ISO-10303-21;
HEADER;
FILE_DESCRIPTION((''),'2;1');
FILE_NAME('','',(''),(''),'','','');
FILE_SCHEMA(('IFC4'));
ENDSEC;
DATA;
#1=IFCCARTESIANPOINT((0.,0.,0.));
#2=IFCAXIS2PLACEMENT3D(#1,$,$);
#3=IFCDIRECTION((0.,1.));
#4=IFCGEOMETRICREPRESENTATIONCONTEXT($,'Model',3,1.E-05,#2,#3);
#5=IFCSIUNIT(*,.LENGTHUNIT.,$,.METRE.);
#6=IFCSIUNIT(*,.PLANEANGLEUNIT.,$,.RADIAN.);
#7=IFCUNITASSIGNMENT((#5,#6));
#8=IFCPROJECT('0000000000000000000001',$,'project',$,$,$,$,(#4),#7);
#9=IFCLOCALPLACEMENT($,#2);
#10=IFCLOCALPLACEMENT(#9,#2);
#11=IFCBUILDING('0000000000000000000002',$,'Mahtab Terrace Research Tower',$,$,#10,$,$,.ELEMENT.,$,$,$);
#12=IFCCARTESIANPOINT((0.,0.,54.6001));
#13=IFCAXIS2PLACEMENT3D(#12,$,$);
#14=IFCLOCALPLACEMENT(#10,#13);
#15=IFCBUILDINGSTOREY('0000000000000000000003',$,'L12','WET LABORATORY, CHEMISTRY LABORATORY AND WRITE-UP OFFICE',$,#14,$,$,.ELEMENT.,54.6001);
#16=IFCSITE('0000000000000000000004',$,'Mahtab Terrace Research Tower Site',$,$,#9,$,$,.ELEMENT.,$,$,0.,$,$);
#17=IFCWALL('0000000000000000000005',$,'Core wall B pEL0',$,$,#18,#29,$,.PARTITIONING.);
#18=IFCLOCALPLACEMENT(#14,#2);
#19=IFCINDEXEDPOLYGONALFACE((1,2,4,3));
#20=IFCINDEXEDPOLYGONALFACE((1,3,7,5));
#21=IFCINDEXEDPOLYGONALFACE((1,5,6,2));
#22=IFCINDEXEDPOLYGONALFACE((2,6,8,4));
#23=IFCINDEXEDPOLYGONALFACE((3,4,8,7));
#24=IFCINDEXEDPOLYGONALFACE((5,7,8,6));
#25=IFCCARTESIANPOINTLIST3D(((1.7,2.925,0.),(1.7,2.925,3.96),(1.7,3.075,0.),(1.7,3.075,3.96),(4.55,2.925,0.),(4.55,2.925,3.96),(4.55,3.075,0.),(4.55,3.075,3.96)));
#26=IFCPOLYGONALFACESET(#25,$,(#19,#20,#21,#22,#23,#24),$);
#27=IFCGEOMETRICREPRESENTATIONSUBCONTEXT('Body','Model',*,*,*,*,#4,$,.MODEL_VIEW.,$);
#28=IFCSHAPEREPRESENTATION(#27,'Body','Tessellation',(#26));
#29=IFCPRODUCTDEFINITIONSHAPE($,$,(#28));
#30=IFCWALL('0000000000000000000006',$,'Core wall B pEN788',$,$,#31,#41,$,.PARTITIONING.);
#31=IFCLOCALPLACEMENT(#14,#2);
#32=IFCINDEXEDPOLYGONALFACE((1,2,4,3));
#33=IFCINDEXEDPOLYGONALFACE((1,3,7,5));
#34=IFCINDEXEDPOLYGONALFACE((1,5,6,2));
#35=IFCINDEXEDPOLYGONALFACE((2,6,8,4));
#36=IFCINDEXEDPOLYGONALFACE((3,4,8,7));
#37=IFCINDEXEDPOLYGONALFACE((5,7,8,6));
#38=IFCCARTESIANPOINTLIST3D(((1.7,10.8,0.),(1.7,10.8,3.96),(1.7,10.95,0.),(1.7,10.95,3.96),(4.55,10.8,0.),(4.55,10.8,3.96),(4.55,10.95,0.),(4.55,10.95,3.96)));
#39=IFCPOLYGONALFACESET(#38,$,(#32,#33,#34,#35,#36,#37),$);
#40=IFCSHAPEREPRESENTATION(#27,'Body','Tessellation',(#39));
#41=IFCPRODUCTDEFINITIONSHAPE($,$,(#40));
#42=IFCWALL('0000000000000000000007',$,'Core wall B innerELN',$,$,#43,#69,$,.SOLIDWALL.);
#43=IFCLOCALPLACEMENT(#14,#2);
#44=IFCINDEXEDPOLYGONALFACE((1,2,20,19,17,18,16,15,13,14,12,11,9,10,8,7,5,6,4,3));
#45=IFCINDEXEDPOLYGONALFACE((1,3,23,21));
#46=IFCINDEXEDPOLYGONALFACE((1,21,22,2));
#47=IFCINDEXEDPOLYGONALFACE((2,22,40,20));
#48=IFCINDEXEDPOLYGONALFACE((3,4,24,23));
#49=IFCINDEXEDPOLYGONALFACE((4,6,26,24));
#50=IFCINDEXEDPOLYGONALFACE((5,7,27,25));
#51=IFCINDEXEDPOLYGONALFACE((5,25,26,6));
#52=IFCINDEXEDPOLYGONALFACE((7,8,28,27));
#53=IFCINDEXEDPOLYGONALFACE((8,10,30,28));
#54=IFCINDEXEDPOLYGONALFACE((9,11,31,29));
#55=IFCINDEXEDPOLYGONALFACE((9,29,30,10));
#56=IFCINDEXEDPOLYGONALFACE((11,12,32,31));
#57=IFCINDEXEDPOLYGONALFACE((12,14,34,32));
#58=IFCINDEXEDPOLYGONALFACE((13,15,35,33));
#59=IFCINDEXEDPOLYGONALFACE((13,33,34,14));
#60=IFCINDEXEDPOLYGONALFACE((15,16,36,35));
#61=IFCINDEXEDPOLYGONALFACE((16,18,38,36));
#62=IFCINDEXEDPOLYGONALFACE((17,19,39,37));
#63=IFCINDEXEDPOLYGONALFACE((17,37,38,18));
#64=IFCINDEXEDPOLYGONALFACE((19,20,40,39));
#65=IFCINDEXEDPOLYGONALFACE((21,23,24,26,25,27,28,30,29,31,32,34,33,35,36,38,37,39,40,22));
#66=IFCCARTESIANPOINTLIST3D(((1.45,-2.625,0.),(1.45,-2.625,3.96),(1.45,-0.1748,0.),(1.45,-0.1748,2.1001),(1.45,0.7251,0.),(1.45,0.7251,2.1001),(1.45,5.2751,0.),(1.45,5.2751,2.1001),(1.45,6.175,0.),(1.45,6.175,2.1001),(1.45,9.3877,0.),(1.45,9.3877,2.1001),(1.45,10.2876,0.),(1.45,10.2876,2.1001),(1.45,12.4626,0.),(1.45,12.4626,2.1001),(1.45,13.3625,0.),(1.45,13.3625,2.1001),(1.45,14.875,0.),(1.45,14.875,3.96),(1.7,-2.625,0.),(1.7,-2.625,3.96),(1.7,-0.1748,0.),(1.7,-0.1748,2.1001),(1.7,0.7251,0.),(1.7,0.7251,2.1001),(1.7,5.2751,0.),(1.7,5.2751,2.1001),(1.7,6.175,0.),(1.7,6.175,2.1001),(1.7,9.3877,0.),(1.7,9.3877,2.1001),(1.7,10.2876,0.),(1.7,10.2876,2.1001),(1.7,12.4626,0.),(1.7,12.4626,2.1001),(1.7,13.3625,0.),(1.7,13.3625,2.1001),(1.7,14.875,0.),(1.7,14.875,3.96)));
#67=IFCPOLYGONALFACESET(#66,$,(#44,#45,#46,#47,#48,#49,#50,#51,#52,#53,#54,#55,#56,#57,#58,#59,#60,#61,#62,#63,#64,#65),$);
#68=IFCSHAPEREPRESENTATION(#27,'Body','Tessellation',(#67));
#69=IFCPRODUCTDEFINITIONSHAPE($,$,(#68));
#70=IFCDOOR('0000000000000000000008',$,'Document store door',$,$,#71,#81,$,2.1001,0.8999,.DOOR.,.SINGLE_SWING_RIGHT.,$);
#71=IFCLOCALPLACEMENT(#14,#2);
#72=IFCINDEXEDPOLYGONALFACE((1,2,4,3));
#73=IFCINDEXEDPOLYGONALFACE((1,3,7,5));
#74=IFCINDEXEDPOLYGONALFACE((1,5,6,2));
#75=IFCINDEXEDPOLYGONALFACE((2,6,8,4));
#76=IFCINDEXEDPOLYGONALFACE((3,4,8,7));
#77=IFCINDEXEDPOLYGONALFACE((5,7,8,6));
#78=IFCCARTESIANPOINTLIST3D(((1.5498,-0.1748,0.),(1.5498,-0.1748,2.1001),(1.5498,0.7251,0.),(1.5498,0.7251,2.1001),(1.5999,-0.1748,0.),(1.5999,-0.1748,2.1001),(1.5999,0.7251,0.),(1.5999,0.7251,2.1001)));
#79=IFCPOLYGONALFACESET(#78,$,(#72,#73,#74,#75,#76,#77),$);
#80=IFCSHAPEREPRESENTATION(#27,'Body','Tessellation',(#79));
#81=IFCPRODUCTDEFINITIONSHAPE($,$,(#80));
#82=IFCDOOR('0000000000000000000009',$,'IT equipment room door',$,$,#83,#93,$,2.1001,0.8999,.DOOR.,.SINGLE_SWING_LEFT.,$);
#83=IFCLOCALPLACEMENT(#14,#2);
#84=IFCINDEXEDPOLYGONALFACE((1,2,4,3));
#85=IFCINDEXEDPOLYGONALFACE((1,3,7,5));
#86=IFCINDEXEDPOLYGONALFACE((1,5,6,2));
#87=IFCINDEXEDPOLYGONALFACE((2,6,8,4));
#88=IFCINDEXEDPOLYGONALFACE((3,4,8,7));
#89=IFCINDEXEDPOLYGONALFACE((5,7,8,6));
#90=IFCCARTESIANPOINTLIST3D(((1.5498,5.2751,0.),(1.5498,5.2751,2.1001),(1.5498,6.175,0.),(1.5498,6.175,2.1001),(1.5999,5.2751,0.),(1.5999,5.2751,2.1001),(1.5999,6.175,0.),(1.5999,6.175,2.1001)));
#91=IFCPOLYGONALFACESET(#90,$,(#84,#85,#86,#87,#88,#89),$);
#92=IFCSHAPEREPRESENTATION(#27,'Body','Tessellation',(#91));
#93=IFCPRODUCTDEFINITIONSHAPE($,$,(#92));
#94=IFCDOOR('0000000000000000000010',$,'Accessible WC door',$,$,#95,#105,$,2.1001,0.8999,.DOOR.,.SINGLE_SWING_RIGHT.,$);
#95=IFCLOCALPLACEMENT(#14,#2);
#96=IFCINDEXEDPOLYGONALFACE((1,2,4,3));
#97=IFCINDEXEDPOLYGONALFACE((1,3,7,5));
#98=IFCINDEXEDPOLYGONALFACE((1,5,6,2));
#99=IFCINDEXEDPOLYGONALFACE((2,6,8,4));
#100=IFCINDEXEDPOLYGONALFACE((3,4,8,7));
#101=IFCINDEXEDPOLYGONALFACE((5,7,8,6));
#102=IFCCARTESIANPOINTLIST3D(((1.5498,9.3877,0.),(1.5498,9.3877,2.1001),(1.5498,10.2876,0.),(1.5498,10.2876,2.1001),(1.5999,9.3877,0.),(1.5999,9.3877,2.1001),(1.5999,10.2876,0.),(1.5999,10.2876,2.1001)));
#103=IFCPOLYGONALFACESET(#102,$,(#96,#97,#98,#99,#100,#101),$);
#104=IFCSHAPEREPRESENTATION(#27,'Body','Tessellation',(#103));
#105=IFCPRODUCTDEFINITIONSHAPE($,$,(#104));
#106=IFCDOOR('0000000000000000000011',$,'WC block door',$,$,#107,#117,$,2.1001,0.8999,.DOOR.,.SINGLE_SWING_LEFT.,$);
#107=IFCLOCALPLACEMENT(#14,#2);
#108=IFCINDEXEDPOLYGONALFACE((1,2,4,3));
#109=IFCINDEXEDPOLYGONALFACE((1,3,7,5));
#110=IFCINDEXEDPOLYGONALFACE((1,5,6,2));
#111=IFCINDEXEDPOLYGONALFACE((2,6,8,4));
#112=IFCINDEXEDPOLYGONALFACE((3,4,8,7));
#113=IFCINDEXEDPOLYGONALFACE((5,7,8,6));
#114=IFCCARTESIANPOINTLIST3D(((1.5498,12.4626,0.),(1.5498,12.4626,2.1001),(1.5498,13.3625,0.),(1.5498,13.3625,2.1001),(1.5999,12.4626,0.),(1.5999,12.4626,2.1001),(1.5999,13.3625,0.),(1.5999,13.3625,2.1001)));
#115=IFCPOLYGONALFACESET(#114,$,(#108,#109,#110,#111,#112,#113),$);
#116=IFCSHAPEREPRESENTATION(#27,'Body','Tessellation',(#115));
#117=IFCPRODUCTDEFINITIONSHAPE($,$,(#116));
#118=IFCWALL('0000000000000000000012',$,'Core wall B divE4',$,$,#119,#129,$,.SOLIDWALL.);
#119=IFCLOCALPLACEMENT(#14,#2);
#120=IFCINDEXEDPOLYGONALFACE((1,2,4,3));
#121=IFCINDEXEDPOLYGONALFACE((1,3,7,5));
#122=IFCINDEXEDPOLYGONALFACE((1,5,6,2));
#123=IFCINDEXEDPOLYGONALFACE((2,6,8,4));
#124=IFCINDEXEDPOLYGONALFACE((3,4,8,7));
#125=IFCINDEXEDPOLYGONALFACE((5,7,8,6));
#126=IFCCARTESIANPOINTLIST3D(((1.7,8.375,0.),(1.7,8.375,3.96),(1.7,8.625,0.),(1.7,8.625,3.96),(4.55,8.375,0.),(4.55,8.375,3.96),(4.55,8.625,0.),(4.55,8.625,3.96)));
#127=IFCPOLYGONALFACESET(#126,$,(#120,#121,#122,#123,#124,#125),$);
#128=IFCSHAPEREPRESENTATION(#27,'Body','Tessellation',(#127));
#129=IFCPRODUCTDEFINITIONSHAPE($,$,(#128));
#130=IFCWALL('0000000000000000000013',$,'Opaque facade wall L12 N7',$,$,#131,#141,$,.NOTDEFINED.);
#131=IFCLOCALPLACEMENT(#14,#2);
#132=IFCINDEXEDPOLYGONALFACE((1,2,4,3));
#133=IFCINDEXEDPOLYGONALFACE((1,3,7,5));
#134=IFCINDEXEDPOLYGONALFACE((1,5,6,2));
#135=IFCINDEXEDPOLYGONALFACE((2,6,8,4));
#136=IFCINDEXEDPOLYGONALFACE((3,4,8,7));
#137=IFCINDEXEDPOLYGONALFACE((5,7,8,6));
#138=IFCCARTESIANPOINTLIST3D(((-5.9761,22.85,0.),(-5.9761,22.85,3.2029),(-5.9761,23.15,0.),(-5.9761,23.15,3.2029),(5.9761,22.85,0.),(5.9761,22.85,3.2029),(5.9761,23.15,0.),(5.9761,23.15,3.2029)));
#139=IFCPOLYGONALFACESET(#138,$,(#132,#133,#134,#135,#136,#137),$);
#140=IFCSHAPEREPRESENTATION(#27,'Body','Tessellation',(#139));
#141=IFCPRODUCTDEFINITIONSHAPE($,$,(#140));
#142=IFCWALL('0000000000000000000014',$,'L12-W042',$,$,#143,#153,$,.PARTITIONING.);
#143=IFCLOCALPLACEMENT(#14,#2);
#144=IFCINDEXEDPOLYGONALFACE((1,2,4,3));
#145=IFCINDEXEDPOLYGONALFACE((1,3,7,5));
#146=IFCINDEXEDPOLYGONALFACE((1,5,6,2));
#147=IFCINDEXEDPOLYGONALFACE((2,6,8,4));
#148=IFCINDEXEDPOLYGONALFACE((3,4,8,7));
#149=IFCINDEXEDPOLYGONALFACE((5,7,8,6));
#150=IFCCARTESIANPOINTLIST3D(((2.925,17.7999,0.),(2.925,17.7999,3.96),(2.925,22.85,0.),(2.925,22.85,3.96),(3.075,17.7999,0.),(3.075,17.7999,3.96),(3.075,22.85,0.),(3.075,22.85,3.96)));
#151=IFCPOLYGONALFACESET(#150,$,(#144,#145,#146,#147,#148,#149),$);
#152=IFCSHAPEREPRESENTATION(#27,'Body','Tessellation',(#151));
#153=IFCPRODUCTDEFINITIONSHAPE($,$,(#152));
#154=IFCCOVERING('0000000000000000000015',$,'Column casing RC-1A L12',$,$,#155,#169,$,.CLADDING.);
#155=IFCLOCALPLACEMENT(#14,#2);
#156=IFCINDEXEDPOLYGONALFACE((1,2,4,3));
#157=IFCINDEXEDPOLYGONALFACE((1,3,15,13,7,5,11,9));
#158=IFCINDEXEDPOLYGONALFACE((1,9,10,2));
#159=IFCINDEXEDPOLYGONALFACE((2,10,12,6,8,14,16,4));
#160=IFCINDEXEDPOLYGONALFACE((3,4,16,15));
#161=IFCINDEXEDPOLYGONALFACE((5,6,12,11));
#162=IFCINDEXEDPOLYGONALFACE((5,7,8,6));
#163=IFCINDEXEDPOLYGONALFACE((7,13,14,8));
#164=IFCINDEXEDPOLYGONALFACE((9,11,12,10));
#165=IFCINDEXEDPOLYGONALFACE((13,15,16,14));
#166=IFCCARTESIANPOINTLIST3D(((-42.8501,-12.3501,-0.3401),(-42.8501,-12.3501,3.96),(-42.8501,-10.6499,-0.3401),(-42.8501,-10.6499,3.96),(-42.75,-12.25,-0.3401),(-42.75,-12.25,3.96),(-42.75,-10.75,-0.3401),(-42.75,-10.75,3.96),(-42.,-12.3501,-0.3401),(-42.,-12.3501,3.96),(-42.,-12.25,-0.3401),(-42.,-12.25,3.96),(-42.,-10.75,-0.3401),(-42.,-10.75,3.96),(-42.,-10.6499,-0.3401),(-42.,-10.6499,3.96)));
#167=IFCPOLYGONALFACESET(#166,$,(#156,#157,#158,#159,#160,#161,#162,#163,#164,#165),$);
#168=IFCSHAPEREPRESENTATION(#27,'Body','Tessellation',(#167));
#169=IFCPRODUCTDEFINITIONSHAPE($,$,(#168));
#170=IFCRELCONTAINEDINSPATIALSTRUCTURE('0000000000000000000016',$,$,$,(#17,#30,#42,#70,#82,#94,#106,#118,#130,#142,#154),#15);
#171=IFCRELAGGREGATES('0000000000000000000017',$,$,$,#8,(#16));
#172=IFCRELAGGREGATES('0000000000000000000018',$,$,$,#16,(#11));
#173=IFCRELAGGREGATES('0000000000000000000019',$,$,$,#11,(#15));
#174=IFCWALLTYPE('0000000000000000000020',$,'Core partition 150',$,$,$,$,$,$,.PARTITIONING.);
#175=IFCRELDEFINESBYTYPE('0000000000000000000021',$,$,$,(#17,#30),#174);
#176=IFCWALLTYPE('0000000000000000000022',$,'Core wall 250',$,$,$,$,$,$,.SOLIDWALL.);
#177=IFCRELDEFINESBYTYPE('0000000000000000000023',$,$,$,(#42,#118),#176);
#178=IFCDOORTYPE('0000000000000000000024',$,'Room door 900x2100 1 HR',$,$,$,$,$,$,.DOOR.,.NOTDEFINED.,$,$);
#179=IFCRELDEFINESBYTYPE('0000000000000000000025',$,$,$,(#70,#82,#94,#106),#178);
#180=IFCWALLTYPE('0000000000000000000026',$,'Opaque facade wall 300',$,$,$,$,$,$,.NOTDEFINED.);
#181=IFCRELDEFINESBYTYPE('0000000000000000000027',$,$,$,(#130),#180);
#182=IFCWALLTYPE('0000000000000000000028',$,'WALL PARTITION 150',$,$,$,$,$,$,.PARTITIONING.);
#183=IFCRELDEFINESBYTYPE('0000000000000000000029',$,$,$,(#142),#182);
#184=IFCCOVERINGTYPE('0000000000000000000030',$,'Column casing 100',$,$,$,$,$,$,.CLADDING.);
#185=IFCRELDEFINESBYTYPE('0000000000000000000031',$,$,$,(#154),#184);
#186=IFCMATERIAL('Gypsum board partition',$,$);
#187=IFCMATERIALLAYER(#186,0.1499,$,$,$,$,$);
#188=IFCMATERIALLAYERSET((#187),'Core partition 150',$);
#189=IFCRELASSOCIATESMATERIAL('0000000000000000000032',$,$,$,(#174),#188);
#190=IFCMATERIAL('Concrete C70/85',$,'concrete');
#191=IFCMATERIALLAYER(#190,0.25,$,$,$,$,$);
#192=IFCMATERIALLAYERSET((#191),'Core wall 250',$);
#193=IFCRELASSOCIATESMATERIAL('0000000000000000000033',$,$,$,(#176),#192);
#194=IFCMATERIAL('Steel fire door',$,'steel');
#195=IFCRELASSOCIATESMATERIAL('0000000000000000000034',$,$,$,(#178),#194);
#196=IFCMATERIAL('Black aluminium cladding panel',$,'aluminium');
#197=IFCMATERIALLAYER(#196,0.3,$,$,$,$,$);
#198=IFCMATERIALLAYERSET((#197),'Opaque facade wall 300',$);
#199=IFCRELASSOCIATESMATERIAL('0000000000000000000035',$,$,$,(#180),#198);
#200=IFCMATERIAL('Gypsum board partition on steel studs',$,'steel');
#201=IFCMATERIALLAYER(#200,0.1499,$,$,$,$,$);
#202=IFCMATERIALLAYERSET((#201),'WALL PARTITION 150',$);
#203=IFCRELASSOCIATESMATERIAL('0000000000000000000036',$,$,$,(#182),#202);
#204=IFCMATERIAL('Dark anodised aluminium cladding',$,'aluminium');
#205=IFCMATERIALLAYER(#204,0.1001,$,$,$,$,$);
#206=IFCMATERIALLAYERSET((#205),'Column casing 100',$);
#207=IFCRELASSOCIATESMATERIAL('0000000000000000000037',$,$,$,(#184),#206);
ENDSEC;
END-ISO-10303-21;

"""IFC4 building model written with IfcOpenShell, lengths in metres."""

from ifc_helpers import new_model, si_unit, direction, frame, frame_2d, origin, place, context, subcontext, project, spatial, polyline, rectangle, outline, extrude, material, layer, layer_set, type_object, element, fill, save


model = new_model("IFC4")

# Units and contexts
model_context = context("Model", 3, precision=1e-05, world=origin(), true_north=direction((0.0, 1.0)))
body_context = subcontext(model_context, "Body", "Model", "MODEL_VIEW")
ifc_project = project(units=[si_unit("LENGTHUNIT", "METRE"), si_unit("PLANEANGLEUNIT", "RADIAN")], contexts=[model_context])

# Site, building, storey
site_placement = place(None, origin())
site = spatial("IfcSite", under=ifc_project, at=site_placement, Name="Mahtab Terrace Research Tower Site", CompositionType="ELEMENT", RefElevation=0.0)
building_placement = place(site_placement, origin())
building = spatial("IfcBuilding", under=site, at=building_placement, Name="Mahtab Terrace Research Tower", CompositionType="ELEMENT")
storey_placement = place(building_placement, frame((0.0, 0.0, 54.6001)))
storey = spatial("IfcBuildingStorey", under=building, at=storey_placement, Name="L12", Description="WET LABORATORY, CHEMISTRY LABORATORY AND WRITE-UP OFFICE", CompositionType="ELEMENT", Elevation=54.6001)

# Shared definitions
ifc_material_1 = material(Name="Concrete C70/85", Category="concrete")

# Walls
ifc_material_2 = material(Name="Gypsum board partition")
ifc_layer_1 = layer(ifc_material_2, 0.1499)
ifc_layer_set_1 = layer_set([ifc_layer_1], Name="Core partition 150")
wall_type_1 = type_object("IfcWallType", Name="Core partition 150", PredefinedType="PARTITIONING", material=ifc_layer_set_1)
for number, where, z_axis, x_axis, name in (
    (1, (1.7, 3.0, 0.0), (0.0, 0.0, 1.0), (1.0, 0.0, 0.0), "Core wall B pEL0"),
    (2, (1.7, 10.875, 0.0), (0.0, 0.0, 1.0), (1.0, 0.0, 0.0), "Core wall B pEN788"),
):
    element("IfcWall", number, at=place(storey_placement, frame(where, z_axis=z_axis, x_axis=x_axis)), inside=storey, type_object=wall_type_1, Name=name, PredefinedType="PARTITIONING", context=body_context, shape_type="SweptSolid", body=[
        extrude(rectangle(XDim=2.8501, YDim=0.1499, at=frame_2d((1.425, 0.0))), origin(), (0.0, 0.0, 1.0), 3.96),
    ])

# Wall, openings, doors
ifc_layer_2 = layer(ifc_material_1, 0.25)
ifc_layer_set_2 = layer_set([ifc_layer_2], Name="Core wall 250")
wall_type_2 = type_object("IfcWallType", Name="Core wall 250", PredefinedType="SOLIDWALL", material=ifc_layer_set_2)
wall_1_placement = place(storey_placement, frame((1.575, 14.875, 0.0), z_axis=(0.0, 0.0, 1.0), x_axis=(0.0, -1.0, 0.0)))
wall_1 = element("IfcWall", 3, at=wall_1_placement, inside=storey, type_object=wall_type_2, Name="Core wall B innerELN", PredefinedType="SOLIDWALL", context=body_context, shape_type="SweptSolid", body=[
    extrude(rectangle(XDim=17.5, YDim=0.25, at=frame_2d((8.75, 0.0))), origin(), (0.0, 0.0, 1.0), 3.96),
])
opening_1_placement = place(wall_1_placement, frame((14.1499, 0.0, 0.0)))
opening_1 = element("IfcOpeningElement", 4, at=opening_1_placement, cuts=wall_1, PredefinedType="OPENING", context=body_context, shape_type="SweptSolid", body=[
    extrude(rectangle(XDim=0.8999, YDim=2.1001, at=frame_2d((0.45, 1.05))), frame((0.0, 0.135, 0.0), z_axis=(0.0, -1.0, 0.0), x_axis=(1.0, 0.0, 0.0)), (0.0, 0.0, 1.0), 0.27),
])
opening_2_placement = place(wall_1_placement, frame((8.7, 0.0, 0.0)))
opening_2 = element("IfcOpeningElement", 5, at=opening_2_placement, cuts=wall_1, PredefinedType="OPENING", context=body_context, shape_type="SweptSolid", body=[
    extrude(rectangle(XDim=0.8999, YDim=2.1001, at=frame_2d((0.45, 1.05))), frame((0.0, 0.135, 0.0), z_axis=(0.0, -1.0, 0.0), x_axis=(1.0, 0.0, 0.0)), (0.0, 0.0, 1.0), 0.27),
])
opening_3_placement = place(wall_1_placement, frame((4.5874, 0.0, 0.0)))
opening_3 = element("IfcOpeningElement", 6, at=opening_3_placement, cuts=wall_1, PredefinedType="OPENING", context=body_context, shape_type="SweptSolid", body=[
    extrude(rectangle(XDim=0.8999, YDim=2.1001, at=frame_2d((0.45, 1.05))), frame((0.0, 0.135, 0.0), z_axis=(0.0, -1.0, 0.0), x_axis=(1.0, 0.0, 0.0)), (0.0, 0.0, 1.0), 0.27),
])
opening_4_placement = place(wall_1_placement, frame((1.5125, 0.0, 0.0)))
opening_4 = element("IfcOpeningElement", 7, at=opening_4_placement, cuts=wall_1, PredefinedType="OPENING", context=body_context, shape_type="SweptSolid", body=[
    extrude(rectangle(XDim=0.8999, YDim=2.1001, at=frame_2d((0.45, 1.05))), frame((0.0, 0.135, 0.0), z_axis=(0.0, -1.0, 0.0), x_axis=(1.0, 0.0, 0.0)), (0.0, 0.0, 1.0), 0.27),
])
ifc_material_3 = material(Name="Steel fire door", Category="steel")
door_type = type_object("IfcDoorType", Name="Room door 900x2100 1 HR", OperationType="NOTDEFINED", PredefinedType="DOOR", material=ifc_material_3)
door_1_placement = place(opening_1_placement, origin())
door_1 = element("IfcDoor", 8, at=door_1_placement, inside=storey, type_object=door_type, Name="Document store door", OperationType="SINGLE_SWING_RIGHT", OverallHeight=2.1001, OverallWidth=0.8999, PredefinedType="DOOR", context=body_context, shape_type="SweptSolid", body=[
    extrude(rectangle(XDim=0.8999, YDim=2.1001, at=frame_2d((0.45, 1.05))), frame((0.0, 0.0249, 0.0), z_axis=(0.0, -1.0, 0.0), x_axis=(1.0, 0.0, 0.0)), (0.0, 0.0, 1.0), 0.05),
])
fill(opening_1, door_1)
door_2_placement = place(opening_2_placement, origin())
door_2 = element("IfcDoor", 9, at=door_2_placement, inside=storey, type_object=door_type, Name="IT equipment room door", OperationType="SINGLE_SWING_LEFT", OverallHeight=2.1001, OverallWidth=0.8999, PredefinedType="DOOR", context=body_context, shape_type="SweptSolid", body=[
    extrude(rectangle(XDim=0.8999, YDim=2.1001, at=frame_2d((0.45, 1.05))), frame((0.0, 0.0249, 0.0), z_axis=(0.0, -1.0, 0.0), x_axis=(1.0, 0.0, 0.0)), (0.0, 0.0, 1.0), 0.05),
])
fill(opening_2, door_2)
door_3_placement = place(opening_3_placement, origin())
door_3 = element("IfcDoor", 10, at=door_3_placement, inside=storey, type_object=door_type, Name="Accessible WC door", OperationType="SINGLE_SWING_RIGHT", OverallHeight=2.1001, OverallWidth=0.8999, PredefinedType="DOOR", context=body_context, shape_type="SweptSolid", body=[
    extrude(rectangle(XDim=0.8999, YDim=2.1001, at=frame_2d((0.45, 1.05))), frame((0.0, 0.0249, 0.0), z_axis=(0.0, -1.0, 0.0), x_axis=(1.0, 0.0, 0.0)), (0.0, 0.0, 1.0), 0.05),
])
fill(opening_3, door_3)
door_4_placement = place(opening_4_placement, origin())
door_4 = element("IfcDoor", 11, at=door_4_placement, inside=storey, type_object=door_type, Name="WC block door", OperationType="SINGLE_SWING_LEFT", OverallHeight=2.1001, OverallWidth=0.8999, PredefinedType="DOOR", context=body_context, shape_type="SweptSolid", body=[
    extrude(rectangle(XDim=0.8999, YDim=2.1001, at=frame_2d((0.45, 1.05))), frame((0.0, 0.0249, 0.0), z_axis=(0.0, -1.0, 0.0), x_axis=(1.0, 0.0, 0.0)), (0.0, 0.0, 1.0), 0.05),
])
fill(opening_4, door_4)

# Walls
wall_2_placement = place(storey_placement, frame((1.7, 8.5, 0.0), z_axis=(0.0, 0.0, 1.0), x_axis=(1.0, 0.0, 0.0)))
element("IfcWall", 12, at=wall_2_placement, inside=storey, type_object=wall_type_2, Name="Core wall B divE4", PredefinedType="SOLIDWALL", context=body_context, shape_type="SweptSolid", body=[
    extrude(rectangle(XDim=2.8501, YDim=0.25, at=frame_2d((1.425, 0.0))), origin(), (0.0, 0.0, 1.0), 3.96),
])
ifc_material_4 = material(Name="Black aluminium cladding panel", Category="aluminium")
ifc_layer_3 = layer(ifc_material_4, 0.3)
ifc_layer_set_3 = layer_set([ifc_layer_3], Name="Opaque facade wall 300")
wall_type_3 = type_object("IfcWallType", Name="Opaque facade wall 300", PredefinedType="NOTDEFINED", material=ifc_layer_set_3)
wall_3_placement = place(storey_placement, frame((5.9761, 23.0, 0.0), z_axis=(0.0, 0.0, 1.0), x_axis=(-1.0, 0.0, 0.0)))
element("IfcWall", 13, at=wall_3_placement, inside=storey, type_object=wall_type_3, Name="Opaque facade wall L12 N7", PredefinedType="NOTDEFINED", context=body_context, shape_type="SweptSolid", body=[
    extrude(rectangle(XDim=11.9521, YDim=0.3, at=frame_2d((5.9761, 0.0))), origin(), (0.0, 0.0, 1.0), 3.2029),
])
ifc_material_5 = material(Name="Gypsum board partition on steel studs", Category="steel")
ifc_layer_4 = layer(ifc_material_5, 0.1499)
ifc_layer_set_4 = layer_set([ifc_layer_4], Name="WALL PARTITION 150")
wall_type_4 = type_object("IfcWallType", Name="WALL PARTITION 150", PredefinedType="PARTITIONING", material=ifc_layer_set_4)
wall_4_placement = place(storey_placement, frame((3.0, 17.8, 0.0), z_axis=(0.0, 0.0, 1.0), x_axis=(0.0, 1.0, 0.0)))
element("IfcWall", 14, at=wall_4_placement, inside=storey, type_object=wall_type_4, Name="L12-W042", PredefinedType="PARTITIONING", context=body_context, shape_type="SweptSolid", body=[
    extrude(rectangle(XDim=5.05, YDim=0.1499, at=frame_2d((2.5249, 0.0))), origin(), (0.0, 0.0, 1.0), 3.96),
])

# Covering
ifc_material_6 = material(Name="Dark anodised aluminium cladding", Category="aluminium")
ifc_layer_5 = layer(ifc_material_6, 0.1001)
ifc_layer_set_5 = layer_set([ifc_layer_5], Name="Column casing 100")
covering_type_1 = type_object("IfcCoveringType", Name="Column casing 100", PredefinedType="CLADDING", material=ifc_layer_set_5)
covering_1_placement = place(storey_placement, frame((0.0, 0.0, -0.3401)))
element("IfcCovering", 15, at=covering_1_placement, inside=storey, type_object=covering_type_1, Name="Column casing RC-1A L12", PredefinedType="CLADDING", context=body_context, shape_type="SweptSolid", body=[
    extrude(outline(polyline([(-42.8501, -10.6499), (-42.0, -10.6499), (-42.0, -10.75), (-42.75, -10.75), (-42.75, -12.25), (-42.0, -12.25), (-42.0, -12.3501), (-42.8501, -12.3501), (-42.8501, -10.6499)])), origin(), (0.0, 0.0, 1.0), 4.3),
])

save(model, "model.ifc")
